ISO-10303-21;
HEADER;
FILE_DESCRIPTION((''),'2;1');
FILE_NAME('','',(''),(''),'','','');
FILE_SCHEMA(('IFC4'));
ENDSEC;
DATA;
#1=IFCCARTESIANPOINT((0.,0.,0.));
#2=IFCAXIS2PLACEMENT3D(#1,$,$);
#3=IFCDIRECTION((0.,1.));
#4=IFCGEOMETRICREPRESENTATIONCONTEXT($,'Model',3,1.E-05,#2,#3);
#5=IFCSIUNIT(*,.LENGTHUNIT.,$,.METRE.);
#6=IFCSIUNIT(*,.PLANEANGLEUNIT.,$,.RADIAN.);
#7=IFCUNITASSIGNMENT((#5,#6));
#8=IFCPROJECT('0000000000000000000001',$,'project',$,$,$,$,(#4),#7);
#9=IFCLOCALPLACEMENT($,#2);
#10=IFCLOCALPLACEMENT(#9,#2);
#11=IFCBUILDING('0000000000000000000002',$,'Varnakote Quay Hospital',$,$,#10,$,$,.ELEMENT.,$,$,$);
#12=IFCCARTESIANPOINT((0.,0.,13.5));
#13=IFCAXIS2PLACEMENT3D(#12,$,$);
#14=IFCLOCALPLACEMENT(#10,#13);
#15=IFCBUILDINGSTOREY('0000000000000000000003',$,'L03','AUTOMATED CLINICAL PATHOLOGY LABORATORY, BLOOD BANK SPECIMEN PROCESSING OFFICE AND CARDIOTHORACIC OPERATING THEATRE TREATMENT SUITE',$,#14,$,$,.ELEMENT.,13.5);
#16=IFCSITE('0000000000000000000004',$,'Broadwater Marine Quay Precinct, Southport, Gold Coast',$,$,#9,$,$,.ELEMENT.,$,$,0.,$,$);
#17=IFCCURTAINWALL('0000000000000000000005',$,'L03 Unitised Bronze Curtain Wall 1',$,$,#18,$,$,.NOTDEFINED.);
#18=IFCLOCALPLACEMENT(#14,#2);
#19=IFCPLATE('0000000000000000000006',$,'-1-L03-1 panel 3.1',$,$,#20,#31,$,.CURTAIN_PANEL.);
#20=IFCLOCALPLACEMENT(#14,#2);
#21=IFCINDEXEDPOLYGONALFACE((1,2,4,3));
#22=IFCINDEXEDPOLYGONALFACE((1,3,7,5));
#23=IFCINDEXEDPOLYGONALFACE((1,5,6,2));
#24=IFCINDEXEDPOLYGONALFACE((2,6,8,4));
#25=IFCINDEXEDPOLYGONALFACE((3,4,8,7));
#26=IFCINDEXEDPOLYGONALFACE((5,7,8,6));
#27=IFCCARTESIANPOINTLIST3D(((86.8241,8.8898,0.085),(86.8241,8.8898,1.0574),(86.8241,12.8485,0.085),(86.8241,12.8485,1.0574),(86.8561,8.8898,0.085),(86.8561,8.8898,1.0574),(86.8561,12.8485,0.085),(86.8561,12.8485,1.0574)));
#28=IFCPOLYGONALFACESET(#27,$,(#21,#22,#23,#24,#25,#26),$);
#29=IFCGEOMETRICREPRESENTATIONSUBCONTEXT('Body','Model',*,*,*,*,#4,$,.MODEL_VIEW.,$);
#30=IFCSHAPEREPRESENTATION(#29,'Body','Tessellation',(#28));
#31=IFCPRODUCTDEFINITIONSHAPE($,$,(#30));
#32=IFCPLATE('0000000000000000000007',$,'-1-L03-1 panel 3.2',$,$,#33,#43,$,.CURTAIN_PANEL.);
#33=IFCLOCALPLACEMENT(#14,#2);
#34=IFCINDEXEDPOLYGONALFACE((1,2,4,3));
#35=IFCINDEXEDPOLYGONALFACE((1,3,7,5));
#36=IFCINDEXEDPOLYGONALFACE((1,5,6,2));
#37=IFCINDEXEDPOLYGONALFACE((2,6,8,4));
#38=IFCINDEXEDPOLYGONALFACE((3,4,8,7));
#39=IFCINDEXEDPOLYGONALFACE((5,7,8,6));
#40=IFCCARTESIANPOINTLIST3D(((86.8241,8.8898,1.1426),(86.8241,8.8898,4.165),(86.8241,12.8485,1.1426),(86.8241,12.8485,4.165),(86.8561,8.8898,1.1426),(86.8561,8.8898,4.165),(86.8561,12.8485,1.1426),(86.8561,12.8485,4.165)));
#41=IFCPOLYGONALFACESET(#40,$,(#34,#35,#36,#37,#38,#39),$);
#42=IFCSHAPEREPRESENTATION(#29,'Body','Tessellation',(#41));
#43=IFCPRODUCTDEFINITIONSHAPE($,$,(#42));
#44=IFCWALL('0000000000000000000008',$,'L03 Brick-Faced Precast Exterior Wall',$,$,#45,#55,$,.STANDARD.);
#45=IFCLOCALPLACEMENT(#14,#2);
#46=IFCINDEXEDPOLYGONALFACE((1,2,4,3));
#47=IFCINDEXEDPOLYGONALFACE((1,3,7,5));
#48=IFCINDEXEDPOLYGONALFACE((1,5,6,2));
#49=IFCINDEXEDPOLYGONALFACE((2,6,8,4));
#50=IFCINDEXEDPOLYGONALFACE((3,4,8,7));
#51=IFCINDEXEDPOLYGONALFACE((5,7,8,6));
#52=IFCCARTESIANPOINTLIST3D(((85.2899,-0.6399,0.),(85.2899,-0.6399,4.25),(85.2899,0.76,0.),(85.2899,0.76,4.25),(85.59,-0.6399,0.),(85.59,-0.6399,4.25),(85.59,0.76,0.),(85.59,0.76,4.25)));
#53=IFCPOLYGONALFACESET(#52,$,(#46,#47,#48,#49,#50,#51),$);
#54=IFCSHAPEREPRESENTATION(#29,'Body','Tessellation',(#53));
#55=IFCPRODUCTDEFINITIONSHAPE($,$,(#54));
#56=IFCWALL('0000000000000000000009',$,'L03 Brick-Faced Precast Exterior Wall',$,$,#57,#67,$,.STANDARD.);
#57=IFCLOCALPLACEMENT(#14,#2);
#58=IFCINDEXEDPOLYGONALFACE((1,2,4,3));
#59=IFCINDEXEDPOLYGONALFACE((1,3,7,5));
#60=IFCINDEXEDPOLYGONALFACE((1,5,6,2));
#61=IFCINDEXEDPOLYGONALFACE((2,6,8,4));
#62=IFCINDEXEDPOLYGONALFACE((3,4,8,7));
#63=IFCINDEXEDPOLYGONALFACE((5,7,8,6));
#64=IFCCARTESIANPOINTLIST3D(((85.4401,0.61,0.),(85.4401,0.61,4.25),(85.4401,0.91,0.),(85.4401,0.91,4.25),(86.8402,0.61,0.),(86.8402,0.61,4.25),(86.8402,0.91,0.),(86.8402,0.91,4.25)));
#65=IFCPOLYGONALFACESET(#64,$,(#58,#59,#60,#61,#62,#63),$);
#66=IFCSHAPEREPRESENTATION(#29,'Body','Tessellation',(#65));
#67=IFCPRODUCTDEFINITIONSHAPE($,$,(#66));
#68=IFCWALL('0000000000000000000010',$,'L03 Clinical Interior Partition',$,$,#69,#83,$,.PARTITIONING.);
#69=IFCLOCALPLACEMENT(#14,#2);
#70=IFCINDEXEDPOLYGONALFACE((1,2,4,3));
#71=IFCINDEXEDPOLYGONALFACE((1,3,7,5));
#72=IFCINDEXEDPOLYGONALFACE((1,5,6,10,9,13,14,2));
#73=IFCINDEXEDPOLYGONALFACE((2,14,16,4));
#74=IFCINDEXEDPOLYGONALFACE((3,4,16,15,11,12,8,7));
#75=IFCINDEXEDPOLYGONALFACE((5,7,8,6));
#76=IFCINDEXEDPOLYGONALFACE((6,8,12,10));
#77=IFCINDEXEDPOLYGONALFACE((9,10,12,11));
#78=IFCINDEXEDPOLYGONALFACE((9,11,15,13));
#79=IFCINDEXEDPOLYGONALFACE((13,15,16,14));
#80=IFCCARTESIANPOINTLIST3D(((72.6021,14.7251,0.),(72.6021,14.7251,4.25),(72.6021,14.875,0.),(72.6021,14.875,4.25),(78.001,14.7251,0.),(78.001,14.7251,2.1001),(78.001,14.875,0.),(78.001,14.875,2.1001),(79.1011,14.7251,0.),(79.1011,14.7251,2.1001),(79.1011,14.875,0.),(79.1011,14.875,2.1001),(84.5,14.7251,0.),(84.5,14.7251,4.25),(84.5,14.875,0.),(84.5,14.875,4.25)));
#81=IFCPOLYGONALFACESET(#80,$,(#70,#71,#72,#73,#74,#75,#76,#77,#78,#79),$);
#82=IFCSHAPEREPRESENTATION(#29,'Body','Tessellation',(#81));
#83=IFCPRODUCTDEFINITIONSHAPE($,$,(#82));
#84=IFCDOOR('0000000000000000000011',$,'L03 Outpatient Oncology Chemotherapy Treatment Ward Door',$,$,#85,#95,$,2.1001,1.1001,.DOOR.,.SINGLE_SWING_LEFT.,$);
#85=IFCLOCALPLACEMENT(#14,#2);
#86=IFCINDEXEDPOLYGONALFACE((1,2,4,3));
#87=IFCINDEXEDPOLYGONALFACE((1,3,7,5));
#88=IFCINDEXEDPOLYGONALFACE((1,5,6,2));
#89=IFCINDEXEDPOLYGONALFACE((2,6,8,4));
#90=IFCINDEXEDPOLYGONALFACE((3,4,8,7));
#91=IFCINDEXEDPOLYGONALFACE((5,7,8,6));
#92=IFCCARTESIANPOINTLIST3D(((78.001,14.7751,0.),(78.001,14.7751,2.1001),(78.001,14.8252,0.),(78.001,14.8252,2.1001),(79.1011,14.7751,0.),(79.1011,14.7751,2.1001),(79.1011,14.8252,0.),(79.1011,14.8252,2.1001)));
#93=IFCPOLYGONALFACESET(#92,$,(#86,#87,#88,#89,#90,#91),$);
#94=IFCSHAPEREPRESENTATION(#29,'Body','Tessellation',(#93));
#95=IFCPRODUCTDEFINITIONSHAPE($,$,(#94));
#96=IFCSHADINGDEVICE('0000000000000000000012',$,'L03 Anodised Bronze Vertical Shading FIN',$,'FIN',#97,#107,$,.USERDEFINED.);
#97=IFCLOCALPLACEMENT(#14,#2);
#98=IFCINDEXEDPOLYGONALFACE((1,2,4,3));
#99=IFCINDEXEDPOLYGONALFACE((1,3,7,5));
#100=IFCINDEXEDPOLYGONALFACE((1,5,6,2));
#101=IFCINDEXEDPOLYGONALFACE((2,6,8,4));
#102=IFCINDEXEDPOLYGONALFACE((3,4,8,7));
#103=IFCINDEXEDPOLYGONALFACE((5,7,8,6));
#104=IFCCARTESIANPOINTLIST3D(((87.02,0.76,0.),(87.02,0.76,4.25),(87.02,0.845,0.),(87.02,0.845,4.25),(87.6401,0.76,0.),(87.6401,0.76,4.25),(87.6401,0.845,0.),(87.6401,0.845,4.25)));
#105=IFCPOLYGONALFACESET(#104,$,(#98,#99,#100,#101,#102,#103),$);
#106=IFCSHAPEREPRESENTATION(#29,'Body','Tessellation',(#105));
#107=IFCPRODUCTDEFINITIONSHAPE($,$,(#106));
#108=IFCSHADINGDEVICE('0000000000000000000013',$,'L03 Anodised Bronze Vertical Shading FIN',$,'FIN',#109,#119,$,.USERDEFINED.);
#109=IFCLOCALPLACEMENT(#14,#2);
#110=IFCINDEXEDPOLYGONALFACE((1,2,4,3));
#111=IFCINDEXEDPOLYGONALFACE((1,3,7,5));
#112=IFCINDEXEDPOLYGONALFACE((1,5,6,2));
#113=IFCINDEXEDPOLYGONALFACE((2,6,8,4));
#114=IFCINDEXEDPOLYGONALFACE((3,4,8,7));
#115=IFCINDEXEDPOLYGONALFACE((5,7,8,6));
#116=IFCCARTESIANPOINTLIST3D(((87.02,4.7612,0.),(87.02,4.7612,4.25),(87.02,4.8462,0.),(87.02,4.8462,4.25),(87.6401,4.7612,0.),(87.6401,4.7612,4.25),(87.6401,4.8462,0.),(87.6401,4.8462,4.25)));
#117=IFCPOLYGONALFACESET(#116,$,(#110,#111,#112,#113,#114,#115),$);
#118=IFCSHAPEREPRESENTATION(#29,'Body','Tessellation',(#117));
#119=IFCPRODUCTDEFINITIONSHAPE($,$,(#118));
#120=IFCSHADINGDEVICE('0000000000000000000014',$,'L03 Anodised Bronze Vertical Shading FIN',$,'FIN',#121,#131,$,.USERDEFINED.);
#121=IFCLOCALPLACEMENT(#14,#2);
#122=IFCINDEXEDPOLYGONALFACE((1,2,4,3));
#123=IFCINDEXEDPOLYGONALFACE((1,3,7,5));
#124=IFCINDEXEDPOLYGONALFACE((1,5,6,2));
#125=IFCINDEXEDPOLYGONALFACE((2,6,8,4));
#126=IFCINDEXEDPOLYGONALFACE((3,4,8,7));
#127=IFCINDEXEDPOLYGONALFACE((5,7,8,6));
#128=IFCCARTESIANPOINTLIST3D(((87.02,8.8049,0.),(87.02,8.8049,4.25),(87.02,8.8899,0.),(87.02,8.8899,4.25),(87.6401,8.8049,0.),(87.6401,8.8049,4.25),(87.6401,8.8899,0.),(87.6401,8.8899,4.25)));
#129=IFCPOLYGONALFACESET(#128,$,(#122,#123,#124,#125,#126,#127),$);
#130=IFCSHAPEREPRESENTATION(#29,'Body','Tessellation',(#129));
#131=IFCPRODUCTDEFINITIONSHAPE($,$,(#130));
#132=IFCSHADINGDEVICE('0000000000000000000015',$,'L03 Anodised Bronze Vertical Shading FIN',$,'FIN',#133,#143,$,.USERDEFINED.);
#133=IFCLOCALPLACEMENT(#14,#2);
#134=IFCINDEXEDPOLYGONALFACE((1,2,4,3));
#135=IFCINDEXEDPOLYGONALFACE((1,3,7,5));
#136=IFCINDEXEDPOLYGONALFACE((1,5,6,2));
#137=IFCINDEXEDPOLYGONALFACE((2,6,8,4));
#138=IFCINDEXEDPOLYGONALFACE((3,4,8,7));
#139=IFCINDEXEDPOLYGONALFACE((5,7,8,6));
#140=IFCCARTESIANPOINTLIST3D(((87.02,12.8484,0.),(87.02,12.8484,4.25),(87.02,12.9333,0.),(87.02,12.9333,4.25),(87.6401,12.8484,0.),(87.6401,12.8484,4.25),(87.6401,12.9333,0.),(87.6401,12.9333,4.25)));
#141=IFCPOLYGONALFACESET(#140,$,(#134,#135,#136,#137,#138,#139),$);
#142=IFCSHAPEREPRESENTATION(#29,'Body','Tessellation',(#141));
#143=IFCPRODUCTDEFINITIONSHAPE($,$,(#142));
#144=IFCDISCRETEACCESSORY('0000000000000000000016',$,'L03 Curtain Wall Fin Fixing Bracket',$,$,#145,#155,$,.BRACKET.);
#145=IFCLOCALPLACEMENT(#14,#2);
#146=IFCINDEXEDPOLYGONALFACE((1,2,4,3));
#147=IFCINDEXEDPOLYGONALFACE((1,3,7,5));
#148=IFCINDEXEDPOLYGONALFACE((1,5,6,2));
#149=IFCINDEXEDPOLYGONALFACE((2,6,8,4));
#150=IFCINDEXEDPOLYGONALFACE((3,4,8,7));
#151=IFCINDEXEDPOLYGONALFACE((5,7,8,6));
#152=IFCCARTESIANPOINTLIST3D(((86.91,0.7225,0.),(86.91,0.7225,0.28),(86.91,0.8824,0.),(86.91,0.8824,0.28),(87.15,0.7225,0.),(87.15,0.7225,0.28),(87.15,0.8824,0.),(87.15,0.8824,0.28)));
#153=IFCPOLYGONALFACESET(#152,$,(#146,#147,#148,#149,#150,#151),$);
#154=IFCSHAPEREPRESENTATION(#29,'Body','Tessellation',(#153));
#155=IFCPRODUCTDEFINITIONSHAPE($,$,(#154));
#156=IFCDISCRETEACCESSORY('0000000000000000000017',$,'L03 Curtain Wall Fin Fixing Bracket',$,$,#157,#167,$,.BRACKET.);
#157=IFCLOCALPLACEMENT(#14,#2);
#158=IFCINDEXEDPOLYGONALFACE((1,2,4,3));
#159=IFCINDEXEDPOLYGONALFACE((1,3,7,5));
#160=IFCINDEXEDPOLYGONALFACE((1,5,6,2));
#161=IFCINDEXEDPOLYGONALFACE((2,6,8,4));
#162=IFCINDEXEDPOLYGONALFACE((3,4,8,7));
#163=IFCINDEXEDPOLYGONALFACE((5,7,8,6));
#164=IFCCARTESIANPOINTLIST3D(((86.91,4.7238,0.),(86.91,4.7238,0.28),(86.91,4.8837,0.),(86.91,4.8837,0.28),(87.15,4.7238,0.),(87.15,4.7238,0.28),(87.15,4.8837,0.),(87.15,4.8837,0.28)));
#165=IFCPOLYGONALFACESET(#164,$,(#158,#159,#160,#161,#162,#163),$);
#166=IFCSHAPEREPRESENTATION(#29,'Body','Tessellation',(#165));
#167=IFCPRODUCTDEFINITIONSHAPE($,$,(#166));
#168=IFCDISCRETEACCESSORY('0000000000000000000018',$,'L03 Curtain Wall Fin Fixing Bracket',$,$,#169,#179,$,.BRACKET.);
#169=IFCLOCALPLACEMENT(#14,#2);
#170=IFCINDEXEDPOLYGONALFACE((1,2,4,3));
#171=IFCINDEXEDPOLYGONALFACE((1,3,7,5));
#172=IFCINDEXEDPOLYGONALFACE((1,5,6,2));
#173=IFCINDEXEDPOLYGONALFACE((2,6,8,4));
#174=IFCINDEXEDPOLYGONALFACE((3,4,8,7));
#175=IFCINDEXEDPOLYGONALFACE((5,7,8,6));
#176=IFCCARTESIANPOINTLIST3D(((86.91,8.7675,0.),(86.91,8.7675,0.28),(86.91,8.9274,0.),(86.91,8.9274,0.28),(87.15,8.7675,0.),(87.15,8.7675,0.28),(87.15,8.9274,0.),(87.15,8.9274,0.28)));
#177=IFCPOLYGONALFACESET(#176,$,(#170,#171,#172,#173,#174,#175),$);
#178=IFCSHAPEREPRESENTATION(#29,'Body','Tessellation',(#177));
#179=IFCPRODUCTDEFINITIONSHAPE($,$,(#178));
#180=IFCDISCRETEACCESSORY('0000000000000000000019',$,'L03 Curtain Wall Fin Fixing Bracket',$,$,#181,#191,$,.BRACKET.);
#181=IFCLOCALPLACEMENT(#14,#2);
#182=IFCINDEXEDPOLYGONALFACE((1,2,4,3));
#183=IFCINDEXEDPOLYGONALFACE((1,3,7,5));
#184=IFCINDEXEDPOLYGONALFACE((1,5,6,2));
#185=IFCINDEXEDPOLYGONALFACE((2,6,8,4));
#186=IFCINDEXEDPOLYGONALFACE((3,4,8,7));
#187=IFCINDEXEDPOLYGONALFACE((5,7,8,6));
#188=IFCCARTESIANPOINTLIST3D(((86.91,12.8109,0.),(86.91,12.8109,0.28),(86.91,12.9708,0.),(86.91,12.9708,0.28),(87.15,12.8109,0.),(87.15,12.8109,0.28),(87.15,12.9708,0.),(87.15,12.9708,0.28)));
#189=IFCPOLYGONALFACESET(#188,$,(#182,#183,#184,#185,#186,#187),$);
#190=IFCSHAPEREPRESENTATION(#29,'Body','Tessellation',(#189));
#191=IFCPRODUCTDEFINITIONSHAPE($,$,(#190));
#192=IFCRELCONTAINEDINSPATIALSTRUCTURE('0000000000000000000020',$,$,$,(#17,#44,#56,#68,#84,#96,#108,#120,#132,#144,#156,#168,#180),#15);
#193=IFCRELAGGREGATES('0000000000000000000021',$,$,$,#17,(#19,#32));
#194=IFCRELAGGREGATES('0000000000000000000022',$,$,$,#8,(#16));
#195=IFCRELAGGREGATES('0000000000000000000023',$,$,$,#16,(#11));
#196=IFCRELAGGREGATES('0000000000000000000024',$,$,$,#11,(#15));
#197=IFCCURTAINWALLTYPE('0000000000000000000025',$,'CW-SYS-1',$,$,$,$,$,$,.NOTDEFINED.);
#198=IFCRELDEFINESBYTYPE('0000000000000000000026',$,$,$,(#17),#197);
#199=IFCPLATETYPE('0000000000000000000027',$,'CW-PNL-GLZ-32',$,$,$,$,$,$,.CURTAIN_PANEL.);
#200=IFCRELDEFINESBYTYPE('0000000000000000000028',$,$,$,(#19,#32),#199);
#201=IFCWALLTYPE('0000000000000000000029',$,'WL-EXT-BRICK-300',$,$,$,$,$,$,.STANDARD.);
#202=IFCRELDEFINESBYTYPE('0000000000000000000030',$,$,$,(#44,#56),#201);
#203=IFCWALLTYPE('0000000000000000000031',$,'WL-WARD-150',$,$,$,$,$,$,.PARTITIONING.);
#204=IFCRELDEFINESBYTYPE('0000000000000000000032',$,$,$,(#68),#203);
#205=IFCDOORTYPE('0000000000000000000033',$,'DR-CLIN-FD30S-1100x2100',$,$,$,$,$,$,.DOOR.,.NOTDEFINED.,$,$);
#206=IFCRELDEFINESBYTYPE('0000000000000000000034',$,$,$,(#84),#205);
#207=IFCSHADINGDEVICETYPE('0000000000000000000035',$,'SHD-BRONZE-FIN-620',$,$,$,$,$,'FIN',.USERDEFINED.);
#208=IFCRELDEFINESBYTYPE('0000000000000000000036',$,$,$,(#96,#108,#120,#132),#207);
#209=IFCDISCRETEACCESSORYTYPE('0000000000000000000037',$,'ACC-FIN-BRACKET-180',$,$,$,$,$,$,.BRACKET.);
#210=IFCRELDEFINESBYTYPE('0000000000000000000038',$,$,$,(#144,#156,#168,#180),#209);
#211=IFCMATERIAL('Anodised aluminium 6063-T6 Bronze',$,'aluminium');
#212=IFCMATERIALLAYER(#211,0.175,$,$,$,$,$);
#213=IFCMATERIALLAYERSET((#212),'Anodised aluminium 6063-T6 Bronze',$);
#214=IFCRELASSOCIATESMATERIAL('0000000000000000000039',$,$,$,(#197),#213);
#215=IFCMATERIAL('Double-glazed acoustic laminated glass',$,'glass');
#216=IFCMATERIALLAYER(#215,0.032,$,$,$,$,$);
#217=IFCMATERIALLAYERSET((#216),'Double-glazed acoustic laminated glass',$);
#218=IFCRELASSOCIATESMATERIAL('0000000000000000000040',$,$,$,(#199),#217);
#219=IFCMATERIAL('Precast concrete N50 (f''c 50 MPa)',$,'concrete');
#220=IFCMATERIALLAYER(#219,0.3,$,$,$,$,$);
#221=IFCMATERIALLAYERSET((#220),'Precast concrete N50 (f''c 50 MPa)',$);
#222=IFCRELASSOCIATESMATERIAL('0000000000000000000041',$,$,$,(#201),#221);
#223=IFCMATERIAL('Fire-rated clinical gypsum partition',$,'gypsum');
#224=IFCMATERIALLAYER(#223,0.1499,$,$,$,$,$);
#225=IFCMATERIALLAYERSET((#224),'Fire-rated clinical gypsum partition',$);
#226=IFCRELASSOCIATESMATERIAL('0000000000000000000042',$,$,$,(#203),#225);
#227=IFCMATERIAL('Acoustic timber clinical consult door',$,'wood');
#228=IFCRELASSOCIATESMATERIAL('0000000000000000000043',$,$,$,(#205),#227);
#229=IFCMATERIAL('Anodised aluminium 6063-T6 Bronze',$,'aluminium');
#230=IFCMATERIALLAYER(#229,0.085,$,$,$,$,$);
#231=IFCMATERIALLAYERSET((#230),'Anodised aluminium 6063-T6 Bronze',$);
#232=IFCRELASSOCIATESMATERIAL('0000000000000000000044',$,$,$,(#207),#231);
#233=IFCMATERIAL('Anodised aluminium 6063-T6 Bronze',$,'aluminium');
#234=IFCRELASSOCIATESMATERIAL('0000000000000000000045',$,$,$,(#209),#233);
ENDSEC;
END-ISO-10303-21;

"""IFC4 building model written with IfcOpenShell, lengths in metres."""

from ifc_helpers import new_model, si_unit, direction, frame, frame_2d, origin, origin_2d, place, context, subcontext, project, spatial, rectangle, extrude, material, layer, layer_set, type_object, element, fill, aggregate, save


model = new_model("IFC4")

# Units and contexts
model_context = context("Model", 3, precision=1e-05, world=origin(), true_north=direction((0.0, 1.0)))
body_context = subcontext(model_context, "Body", "Model", "MODEL_VIEW")
ifc_project = project(units=[si_unit("LENGTHUNIT", "METRE"), si_unit("PLANEANGLEUNIT", "RADIAN")], contexts=[model_context])

# Site, building, storey
site_placement = place(None, origin())
site = spatial("IfcSite", under=ifc_project, at=site_placement, Name="Broadwater Marine Quay Precinct, Southport, Gold Coast", CompositionType="ELEMENT", RefElevation=0.0)
building_placement = place(site_placement, origin())
building = spatial("IfcBuilding", under=site, at=building_placement, Name="Varnakote Quay Hospital", CompositionType="ELEMENT")
storey_placement = place(building_placement, frame((0.0, 0.0, 13.5)))
storey = spatial("IfcBuildingStorey", under=building, at=storey_placement, Name="L03", Description="AUTOMATED CLINICAL PATHOLOGY LABORATORY, BLOOD BANK SPECIMEN PROCESSING OFFICE AND CARDIOTHORACIC OPERATING THEATRE TREATMENT SUITE", CompositionType="ELEMENT", Elevation=13.5)

# Curtain wall, plates
ifc_material_1 = material(Name="Anodised aluminium 6063-T6 Bronze", Category="aluminium")
ifc_layer_1 = layer(ifc_material_1, 0.175)
ifc_layer_set_1 = layer_set([ifc_layer_1], Name="Anodised aluminium 6063-T6 Bronze")
curtain_wall_type = type_object("IfcCurtainWallType", Name="CW-SYS-1", PredefinedType="NOTDEFINED", material=ifc_layer_set_1)
curtain_wall_placement = place(storey_placement, origin())
curtain_wall = element("IfcCurtainWall", 1, at=curtain_wall_placement, inside=storey, type_object=curtain_wall_type, Name="L03 Unitised Bronze Curtain Wall 1", PredefinedType="NOTDEFINED")
ifc_material_2 = material(Name="Double-glazed acoustic laminated glass", Category="glass")
ifc_layer_2 = layer(ifc_material_2, 0.032)
ifc_layer_set_2 = layer_set([ifc_layer_2], Name="Double-glazed acoustic laminated glass")
plate_type = type_object("IfcPlateType", Name="CW-PNL-GLZ-32", PredefinedType="CURTAIN_PANEL", material=ifc_layer_set_2)
plate_1_placement = place(storey_placement, frame((86.8401, 10.8691, 0.085), z_axis=(0.0, 0.0, 1.0), x_axis=(0.0, 1.0, 0.0)))
plate_1 = element("IfcPlate", 2, at=plate_1_placement, type_object=plate_type, Name="-1-L03-1 panel 3.1", PredefinedType="CURTAIN_PANEL", context=body_context, shape_type="SweptSolid", body=[
    extrude(rectangle(XDim=3.9587, YDim=0.032, at=origin_2d()), origin(), (0.0, 0.0, 1.0), 0.9724),
])
plate_2_placement = place(storey_placement, frame((86.8401, 10.8691, 1.1426), z_axis=(0.0, 0.0, 1.0), x_axis=(0.0, 1.0, 0.0)))
plate_2 = element("IfcPlate", 3, at=plate_2_placement, type_object=plate_type, Name="-1-L03-1 panel 3.2", PredefinedType="CURTAIN_PANEL", context=body_context, shape_type="SweptSolid", body=[
    extrude(rectangle(XDim=3.9587, YDim=0.032, at=origin_2d()), origin(), (0.0, 0.0, 1.0), 3.0225),
])
aggregate(curtain_wall, [plate_1, plate_2])

# Walls
ifc_material_3 = material(Name="Precast concrete N50 (f'c 50 MPa)", Category="concrete")
ifc_layer_3 = layer(ifc_material_3, 0.3)
ifc_layer_set_3 = layer_set([ifc_layer_3], Name="Precast concrete N50 (f'c 50 MPa)")
wall_type_1 = type_object("IfcWallType", Name="WL-EXT-BRICK-300", PredefinedType="STANDARD", material=ifc_layer_set_3)
wall_1_placement = place(storey_placement, frame((85.4399, -0.6399, 0.0), z_axis=(0.0, 0.0, 1.0), x_axis=(0.0, 1.0, 0.0)))
element("IfcWall", 4, at=wall_1_placement, inside=storey, type_object=wall_type_1, Name="L03 Brick-Faced Precast Exterior Wall", PredefinedType="STANDARD", context=body_context, shape_type="SweptSolid", body=[
    extrude(rectangle(XDim=1.3999, YDim=0.3, at=frame_2d((0.7, 0.0))), origin(), (0.0, 0.0, 1.0), 4.25),
])
wall_2_placement = place(storey_placement, frame((85.4399, 0.76, 0.0), z_axis=(0.0, 0.0, 1.0), x_axis=(1.0, 0.0, 0.0)))
element("IfcWall", 5, at=wall_2_placement, inside=storey, type_object=wall_type_1, Name="L03 Brick-Faced Precast Exterior Wall", PredefinedType="STANDARD", context=body_context, shape_type="SweptSolid", body=[
    extrude(rectangle(XDim=1.4001, YDim=0.3, at=frame_2d((0.7002, 0.0))), origin(), (0.0, 0.0, 1.0), 4.25),
])

# Wall, opening, door
ifc_material_4 = material(Name="Fire-rated clinical gypsum partition", Category="gypsum")
ifc_layer_4 = layer(ifc_material_4, 0.1499)
ifc_layer_set_4 = layer_set([ifc_layer_4], Name="Fire-rated clinical gypsum partition")
wall_type_2 = type_object("IfcWallType", Name="WL-WARD-150", PredefinedType="PARTITIONING", material=ifc_layer_set_4)
wall_3_placement = place(storey_placement, frame((84.5, 14.8, 0.0), z_axis=(0.0, 0.0, 1.0), x_axis=(-1.0, 0.0, 0.0)))
wall_3 = element("IfcWall", 6, at=wall_3_placement, inside=storey, type_object=wall_type_2, Name="L03 Clinical Interior Partition", PredefinedType="PARTITIONING", context=body_context, shape_type="SweptSolid", body=[
    extrude(rectangle(XDim=11.8979, YDim=0.1499, at=frame_2d((5.949, 0.0))), origin(), (0.0, 0.0, 1.0), 4.25),
])
opening_placement = place(wall_3_placement, frame((5.3989, 0.0, 0.0)))
opening = element("IfcOpeningElement", 7, at=opening_placement, cuts=wall_3, PredefinedType="OPENING", context=body_context, shape_type="SweptSolid", body=[
    extrude(rectangle(XDim=1.1001, YDim=2.1001, at=frame_2d((0.55, 1.05))), frame((0.0, 0.085, 0.0), z_axis=(0.0, -1.0, 0.0), x_axis=(1.0, 0.0, 0.0)), (0.0, 0.0, 1.0), 0.1699),
])
ifc_material_5 = material(Name="Acoustic timber clinical consult door", Category="wood")
door_type = type_object("IfcDoorType", Name="DR-CLIN-FD30S-1100x2100", OperationType="NOTDEFINED", PredefinedType="DOOR", material=ifc_material_5)
door_placement = place(opening_placement, origin())
door = element("IfcDoor", 8, at=door_placement, inside=storey, type_object=door_type, Name="L03 Outpatient Oncology Chemotherapy Treatment Ward Door", OperationType="SINGLE_SWING_LEFT", OverallHeight=2.1001, OverallWidth=1.1001, PredefinedType="DOOR", context=body_context, shape_type="SweptSolid", body=[
    extrude(rectangle(XDim=1.1001, YDim=2.1001, at=frame_2d((0.55, 1.05))), frame((0.0, 0.0249, 0.0), z_axis=(0.0, -1.0, 0.0), x_axis=(1.0, 0.0, 0.0)), (0.0, 0.0, 1.0), 0.05),
])
fill(opening, door)

# Shading devices
ifc_material_6 = material(Name="Anodised aluminium 6063-T6 Bronze", Category="aluminium")
ifc_layer_5 = layer(ifc_material_6, 0.085)
ifc_layer_set_5 = layer_set([ifc_layer_5], Name="Anodised aluminium 6063-T6 Bronze")
shading_device_type = type_object("IfcShadingDeviceType", Name="SHD-BRONZE-FIN-620", ElementType="FIN", PredefinedType="USERDEFINED", material=ifc_layer_set_5)
for number, where, z_axis, x_axis, name in (
    (9, (87.3301, 0.8025, 0.0), (0.0, 0.0, 1.0), (-1.0, 0.0, 0.0), "L03 Anodised Bronze Vertical Shading FIN"),
    (10, (87.3301, 4.8037, 0.0), (0.0, 0.0, 1.0), (-1.0, 0.0, 0.0), "L03 Anodised Bronze Vertical Shading FIN"),
    (11, (87.3301, 8.8474, 0.0), (0.0, 0.0, 1.0), (-1.0, 0.0, 0.0), "L03 Anodised Bronze Vertical Shading FIN"),
    (12, (87.3301, 12.8909, 0.0), (0.0, 0.0, 1.0), (-1.0, 0.0, 0.0), "L03 Anodised Bronze Vertical Shading FIN"),
):
    element("IfcShadingDevice", number, at=place(storey_placement, frame(where, z_axis=z_axis, x_axis=x_axis)), inside=storey, type_object=shading_device_type, Name=name, ObjectType="FIN", PredefinedType="USERDEFINED", context=body_context, shape_type="SweptSolid", body=[
        extrude(rectangle(XDim=0.6201, YDim=0.085, at=origin_2d()), origin(), (0.0, 0.0, 1.0), 4.25),
    ])

# Discrete accessories
ifc_material_7 = material(Name="Anodised aluminium 6063-T6 Bronze", Category="aluminium")
discrete_accessory_type = type_object("IfcDiscreteAccessoryType", Name="ACC-FIN-BRACKET-180", PredefinedType="BRACKET", material=ifc_material_7)
for number, where, z_axis, x_axis, name in (
    (13, (87.03, 0.8025, 0.0), (0.0, 0.0, 1.0), (0.0, 1.0, 0.0), "L03 Curtain Wall Fin Fixing Bracket"),
    (14, (87.03, 4.8037, 0.0), (0.0, 0.0, 1.0), (0.0, 1.0, 0.0), "L03 Curtain Wall Fin Fixing Bracket"),
    (15, (87.03, 8.8474, 0.0), (0.0, 0.0, 1.0), (0.0, 1.0, 0.0), "L03 Curtain Wall Fin Fixing Bracket"),
    (16, (87.03, 12.8909, 0.0), (0.0, 0.0, 1.0), (0.0, 1.0, 0.0), "L03 Curtain Wall Fin Fixing Bracket"),
):
    element("IfcDiscreteAccessory", number, at=place(storey_placement, frame(where, z_axis=z_axis, x_axis=x_axis)), inside=storey, type_object=discrete_accessory_type, Name=name, PredefinedType="BRACKET", context=body_context, shape_type="SweptSolid", body=[
        extrude(rectangle(XDim=0.1599, YDim=0.24, at=origin_2d()), origin(), (0.0, 0.0, 1.0), 0.28),
    ])

save(model, "model.ifc")
